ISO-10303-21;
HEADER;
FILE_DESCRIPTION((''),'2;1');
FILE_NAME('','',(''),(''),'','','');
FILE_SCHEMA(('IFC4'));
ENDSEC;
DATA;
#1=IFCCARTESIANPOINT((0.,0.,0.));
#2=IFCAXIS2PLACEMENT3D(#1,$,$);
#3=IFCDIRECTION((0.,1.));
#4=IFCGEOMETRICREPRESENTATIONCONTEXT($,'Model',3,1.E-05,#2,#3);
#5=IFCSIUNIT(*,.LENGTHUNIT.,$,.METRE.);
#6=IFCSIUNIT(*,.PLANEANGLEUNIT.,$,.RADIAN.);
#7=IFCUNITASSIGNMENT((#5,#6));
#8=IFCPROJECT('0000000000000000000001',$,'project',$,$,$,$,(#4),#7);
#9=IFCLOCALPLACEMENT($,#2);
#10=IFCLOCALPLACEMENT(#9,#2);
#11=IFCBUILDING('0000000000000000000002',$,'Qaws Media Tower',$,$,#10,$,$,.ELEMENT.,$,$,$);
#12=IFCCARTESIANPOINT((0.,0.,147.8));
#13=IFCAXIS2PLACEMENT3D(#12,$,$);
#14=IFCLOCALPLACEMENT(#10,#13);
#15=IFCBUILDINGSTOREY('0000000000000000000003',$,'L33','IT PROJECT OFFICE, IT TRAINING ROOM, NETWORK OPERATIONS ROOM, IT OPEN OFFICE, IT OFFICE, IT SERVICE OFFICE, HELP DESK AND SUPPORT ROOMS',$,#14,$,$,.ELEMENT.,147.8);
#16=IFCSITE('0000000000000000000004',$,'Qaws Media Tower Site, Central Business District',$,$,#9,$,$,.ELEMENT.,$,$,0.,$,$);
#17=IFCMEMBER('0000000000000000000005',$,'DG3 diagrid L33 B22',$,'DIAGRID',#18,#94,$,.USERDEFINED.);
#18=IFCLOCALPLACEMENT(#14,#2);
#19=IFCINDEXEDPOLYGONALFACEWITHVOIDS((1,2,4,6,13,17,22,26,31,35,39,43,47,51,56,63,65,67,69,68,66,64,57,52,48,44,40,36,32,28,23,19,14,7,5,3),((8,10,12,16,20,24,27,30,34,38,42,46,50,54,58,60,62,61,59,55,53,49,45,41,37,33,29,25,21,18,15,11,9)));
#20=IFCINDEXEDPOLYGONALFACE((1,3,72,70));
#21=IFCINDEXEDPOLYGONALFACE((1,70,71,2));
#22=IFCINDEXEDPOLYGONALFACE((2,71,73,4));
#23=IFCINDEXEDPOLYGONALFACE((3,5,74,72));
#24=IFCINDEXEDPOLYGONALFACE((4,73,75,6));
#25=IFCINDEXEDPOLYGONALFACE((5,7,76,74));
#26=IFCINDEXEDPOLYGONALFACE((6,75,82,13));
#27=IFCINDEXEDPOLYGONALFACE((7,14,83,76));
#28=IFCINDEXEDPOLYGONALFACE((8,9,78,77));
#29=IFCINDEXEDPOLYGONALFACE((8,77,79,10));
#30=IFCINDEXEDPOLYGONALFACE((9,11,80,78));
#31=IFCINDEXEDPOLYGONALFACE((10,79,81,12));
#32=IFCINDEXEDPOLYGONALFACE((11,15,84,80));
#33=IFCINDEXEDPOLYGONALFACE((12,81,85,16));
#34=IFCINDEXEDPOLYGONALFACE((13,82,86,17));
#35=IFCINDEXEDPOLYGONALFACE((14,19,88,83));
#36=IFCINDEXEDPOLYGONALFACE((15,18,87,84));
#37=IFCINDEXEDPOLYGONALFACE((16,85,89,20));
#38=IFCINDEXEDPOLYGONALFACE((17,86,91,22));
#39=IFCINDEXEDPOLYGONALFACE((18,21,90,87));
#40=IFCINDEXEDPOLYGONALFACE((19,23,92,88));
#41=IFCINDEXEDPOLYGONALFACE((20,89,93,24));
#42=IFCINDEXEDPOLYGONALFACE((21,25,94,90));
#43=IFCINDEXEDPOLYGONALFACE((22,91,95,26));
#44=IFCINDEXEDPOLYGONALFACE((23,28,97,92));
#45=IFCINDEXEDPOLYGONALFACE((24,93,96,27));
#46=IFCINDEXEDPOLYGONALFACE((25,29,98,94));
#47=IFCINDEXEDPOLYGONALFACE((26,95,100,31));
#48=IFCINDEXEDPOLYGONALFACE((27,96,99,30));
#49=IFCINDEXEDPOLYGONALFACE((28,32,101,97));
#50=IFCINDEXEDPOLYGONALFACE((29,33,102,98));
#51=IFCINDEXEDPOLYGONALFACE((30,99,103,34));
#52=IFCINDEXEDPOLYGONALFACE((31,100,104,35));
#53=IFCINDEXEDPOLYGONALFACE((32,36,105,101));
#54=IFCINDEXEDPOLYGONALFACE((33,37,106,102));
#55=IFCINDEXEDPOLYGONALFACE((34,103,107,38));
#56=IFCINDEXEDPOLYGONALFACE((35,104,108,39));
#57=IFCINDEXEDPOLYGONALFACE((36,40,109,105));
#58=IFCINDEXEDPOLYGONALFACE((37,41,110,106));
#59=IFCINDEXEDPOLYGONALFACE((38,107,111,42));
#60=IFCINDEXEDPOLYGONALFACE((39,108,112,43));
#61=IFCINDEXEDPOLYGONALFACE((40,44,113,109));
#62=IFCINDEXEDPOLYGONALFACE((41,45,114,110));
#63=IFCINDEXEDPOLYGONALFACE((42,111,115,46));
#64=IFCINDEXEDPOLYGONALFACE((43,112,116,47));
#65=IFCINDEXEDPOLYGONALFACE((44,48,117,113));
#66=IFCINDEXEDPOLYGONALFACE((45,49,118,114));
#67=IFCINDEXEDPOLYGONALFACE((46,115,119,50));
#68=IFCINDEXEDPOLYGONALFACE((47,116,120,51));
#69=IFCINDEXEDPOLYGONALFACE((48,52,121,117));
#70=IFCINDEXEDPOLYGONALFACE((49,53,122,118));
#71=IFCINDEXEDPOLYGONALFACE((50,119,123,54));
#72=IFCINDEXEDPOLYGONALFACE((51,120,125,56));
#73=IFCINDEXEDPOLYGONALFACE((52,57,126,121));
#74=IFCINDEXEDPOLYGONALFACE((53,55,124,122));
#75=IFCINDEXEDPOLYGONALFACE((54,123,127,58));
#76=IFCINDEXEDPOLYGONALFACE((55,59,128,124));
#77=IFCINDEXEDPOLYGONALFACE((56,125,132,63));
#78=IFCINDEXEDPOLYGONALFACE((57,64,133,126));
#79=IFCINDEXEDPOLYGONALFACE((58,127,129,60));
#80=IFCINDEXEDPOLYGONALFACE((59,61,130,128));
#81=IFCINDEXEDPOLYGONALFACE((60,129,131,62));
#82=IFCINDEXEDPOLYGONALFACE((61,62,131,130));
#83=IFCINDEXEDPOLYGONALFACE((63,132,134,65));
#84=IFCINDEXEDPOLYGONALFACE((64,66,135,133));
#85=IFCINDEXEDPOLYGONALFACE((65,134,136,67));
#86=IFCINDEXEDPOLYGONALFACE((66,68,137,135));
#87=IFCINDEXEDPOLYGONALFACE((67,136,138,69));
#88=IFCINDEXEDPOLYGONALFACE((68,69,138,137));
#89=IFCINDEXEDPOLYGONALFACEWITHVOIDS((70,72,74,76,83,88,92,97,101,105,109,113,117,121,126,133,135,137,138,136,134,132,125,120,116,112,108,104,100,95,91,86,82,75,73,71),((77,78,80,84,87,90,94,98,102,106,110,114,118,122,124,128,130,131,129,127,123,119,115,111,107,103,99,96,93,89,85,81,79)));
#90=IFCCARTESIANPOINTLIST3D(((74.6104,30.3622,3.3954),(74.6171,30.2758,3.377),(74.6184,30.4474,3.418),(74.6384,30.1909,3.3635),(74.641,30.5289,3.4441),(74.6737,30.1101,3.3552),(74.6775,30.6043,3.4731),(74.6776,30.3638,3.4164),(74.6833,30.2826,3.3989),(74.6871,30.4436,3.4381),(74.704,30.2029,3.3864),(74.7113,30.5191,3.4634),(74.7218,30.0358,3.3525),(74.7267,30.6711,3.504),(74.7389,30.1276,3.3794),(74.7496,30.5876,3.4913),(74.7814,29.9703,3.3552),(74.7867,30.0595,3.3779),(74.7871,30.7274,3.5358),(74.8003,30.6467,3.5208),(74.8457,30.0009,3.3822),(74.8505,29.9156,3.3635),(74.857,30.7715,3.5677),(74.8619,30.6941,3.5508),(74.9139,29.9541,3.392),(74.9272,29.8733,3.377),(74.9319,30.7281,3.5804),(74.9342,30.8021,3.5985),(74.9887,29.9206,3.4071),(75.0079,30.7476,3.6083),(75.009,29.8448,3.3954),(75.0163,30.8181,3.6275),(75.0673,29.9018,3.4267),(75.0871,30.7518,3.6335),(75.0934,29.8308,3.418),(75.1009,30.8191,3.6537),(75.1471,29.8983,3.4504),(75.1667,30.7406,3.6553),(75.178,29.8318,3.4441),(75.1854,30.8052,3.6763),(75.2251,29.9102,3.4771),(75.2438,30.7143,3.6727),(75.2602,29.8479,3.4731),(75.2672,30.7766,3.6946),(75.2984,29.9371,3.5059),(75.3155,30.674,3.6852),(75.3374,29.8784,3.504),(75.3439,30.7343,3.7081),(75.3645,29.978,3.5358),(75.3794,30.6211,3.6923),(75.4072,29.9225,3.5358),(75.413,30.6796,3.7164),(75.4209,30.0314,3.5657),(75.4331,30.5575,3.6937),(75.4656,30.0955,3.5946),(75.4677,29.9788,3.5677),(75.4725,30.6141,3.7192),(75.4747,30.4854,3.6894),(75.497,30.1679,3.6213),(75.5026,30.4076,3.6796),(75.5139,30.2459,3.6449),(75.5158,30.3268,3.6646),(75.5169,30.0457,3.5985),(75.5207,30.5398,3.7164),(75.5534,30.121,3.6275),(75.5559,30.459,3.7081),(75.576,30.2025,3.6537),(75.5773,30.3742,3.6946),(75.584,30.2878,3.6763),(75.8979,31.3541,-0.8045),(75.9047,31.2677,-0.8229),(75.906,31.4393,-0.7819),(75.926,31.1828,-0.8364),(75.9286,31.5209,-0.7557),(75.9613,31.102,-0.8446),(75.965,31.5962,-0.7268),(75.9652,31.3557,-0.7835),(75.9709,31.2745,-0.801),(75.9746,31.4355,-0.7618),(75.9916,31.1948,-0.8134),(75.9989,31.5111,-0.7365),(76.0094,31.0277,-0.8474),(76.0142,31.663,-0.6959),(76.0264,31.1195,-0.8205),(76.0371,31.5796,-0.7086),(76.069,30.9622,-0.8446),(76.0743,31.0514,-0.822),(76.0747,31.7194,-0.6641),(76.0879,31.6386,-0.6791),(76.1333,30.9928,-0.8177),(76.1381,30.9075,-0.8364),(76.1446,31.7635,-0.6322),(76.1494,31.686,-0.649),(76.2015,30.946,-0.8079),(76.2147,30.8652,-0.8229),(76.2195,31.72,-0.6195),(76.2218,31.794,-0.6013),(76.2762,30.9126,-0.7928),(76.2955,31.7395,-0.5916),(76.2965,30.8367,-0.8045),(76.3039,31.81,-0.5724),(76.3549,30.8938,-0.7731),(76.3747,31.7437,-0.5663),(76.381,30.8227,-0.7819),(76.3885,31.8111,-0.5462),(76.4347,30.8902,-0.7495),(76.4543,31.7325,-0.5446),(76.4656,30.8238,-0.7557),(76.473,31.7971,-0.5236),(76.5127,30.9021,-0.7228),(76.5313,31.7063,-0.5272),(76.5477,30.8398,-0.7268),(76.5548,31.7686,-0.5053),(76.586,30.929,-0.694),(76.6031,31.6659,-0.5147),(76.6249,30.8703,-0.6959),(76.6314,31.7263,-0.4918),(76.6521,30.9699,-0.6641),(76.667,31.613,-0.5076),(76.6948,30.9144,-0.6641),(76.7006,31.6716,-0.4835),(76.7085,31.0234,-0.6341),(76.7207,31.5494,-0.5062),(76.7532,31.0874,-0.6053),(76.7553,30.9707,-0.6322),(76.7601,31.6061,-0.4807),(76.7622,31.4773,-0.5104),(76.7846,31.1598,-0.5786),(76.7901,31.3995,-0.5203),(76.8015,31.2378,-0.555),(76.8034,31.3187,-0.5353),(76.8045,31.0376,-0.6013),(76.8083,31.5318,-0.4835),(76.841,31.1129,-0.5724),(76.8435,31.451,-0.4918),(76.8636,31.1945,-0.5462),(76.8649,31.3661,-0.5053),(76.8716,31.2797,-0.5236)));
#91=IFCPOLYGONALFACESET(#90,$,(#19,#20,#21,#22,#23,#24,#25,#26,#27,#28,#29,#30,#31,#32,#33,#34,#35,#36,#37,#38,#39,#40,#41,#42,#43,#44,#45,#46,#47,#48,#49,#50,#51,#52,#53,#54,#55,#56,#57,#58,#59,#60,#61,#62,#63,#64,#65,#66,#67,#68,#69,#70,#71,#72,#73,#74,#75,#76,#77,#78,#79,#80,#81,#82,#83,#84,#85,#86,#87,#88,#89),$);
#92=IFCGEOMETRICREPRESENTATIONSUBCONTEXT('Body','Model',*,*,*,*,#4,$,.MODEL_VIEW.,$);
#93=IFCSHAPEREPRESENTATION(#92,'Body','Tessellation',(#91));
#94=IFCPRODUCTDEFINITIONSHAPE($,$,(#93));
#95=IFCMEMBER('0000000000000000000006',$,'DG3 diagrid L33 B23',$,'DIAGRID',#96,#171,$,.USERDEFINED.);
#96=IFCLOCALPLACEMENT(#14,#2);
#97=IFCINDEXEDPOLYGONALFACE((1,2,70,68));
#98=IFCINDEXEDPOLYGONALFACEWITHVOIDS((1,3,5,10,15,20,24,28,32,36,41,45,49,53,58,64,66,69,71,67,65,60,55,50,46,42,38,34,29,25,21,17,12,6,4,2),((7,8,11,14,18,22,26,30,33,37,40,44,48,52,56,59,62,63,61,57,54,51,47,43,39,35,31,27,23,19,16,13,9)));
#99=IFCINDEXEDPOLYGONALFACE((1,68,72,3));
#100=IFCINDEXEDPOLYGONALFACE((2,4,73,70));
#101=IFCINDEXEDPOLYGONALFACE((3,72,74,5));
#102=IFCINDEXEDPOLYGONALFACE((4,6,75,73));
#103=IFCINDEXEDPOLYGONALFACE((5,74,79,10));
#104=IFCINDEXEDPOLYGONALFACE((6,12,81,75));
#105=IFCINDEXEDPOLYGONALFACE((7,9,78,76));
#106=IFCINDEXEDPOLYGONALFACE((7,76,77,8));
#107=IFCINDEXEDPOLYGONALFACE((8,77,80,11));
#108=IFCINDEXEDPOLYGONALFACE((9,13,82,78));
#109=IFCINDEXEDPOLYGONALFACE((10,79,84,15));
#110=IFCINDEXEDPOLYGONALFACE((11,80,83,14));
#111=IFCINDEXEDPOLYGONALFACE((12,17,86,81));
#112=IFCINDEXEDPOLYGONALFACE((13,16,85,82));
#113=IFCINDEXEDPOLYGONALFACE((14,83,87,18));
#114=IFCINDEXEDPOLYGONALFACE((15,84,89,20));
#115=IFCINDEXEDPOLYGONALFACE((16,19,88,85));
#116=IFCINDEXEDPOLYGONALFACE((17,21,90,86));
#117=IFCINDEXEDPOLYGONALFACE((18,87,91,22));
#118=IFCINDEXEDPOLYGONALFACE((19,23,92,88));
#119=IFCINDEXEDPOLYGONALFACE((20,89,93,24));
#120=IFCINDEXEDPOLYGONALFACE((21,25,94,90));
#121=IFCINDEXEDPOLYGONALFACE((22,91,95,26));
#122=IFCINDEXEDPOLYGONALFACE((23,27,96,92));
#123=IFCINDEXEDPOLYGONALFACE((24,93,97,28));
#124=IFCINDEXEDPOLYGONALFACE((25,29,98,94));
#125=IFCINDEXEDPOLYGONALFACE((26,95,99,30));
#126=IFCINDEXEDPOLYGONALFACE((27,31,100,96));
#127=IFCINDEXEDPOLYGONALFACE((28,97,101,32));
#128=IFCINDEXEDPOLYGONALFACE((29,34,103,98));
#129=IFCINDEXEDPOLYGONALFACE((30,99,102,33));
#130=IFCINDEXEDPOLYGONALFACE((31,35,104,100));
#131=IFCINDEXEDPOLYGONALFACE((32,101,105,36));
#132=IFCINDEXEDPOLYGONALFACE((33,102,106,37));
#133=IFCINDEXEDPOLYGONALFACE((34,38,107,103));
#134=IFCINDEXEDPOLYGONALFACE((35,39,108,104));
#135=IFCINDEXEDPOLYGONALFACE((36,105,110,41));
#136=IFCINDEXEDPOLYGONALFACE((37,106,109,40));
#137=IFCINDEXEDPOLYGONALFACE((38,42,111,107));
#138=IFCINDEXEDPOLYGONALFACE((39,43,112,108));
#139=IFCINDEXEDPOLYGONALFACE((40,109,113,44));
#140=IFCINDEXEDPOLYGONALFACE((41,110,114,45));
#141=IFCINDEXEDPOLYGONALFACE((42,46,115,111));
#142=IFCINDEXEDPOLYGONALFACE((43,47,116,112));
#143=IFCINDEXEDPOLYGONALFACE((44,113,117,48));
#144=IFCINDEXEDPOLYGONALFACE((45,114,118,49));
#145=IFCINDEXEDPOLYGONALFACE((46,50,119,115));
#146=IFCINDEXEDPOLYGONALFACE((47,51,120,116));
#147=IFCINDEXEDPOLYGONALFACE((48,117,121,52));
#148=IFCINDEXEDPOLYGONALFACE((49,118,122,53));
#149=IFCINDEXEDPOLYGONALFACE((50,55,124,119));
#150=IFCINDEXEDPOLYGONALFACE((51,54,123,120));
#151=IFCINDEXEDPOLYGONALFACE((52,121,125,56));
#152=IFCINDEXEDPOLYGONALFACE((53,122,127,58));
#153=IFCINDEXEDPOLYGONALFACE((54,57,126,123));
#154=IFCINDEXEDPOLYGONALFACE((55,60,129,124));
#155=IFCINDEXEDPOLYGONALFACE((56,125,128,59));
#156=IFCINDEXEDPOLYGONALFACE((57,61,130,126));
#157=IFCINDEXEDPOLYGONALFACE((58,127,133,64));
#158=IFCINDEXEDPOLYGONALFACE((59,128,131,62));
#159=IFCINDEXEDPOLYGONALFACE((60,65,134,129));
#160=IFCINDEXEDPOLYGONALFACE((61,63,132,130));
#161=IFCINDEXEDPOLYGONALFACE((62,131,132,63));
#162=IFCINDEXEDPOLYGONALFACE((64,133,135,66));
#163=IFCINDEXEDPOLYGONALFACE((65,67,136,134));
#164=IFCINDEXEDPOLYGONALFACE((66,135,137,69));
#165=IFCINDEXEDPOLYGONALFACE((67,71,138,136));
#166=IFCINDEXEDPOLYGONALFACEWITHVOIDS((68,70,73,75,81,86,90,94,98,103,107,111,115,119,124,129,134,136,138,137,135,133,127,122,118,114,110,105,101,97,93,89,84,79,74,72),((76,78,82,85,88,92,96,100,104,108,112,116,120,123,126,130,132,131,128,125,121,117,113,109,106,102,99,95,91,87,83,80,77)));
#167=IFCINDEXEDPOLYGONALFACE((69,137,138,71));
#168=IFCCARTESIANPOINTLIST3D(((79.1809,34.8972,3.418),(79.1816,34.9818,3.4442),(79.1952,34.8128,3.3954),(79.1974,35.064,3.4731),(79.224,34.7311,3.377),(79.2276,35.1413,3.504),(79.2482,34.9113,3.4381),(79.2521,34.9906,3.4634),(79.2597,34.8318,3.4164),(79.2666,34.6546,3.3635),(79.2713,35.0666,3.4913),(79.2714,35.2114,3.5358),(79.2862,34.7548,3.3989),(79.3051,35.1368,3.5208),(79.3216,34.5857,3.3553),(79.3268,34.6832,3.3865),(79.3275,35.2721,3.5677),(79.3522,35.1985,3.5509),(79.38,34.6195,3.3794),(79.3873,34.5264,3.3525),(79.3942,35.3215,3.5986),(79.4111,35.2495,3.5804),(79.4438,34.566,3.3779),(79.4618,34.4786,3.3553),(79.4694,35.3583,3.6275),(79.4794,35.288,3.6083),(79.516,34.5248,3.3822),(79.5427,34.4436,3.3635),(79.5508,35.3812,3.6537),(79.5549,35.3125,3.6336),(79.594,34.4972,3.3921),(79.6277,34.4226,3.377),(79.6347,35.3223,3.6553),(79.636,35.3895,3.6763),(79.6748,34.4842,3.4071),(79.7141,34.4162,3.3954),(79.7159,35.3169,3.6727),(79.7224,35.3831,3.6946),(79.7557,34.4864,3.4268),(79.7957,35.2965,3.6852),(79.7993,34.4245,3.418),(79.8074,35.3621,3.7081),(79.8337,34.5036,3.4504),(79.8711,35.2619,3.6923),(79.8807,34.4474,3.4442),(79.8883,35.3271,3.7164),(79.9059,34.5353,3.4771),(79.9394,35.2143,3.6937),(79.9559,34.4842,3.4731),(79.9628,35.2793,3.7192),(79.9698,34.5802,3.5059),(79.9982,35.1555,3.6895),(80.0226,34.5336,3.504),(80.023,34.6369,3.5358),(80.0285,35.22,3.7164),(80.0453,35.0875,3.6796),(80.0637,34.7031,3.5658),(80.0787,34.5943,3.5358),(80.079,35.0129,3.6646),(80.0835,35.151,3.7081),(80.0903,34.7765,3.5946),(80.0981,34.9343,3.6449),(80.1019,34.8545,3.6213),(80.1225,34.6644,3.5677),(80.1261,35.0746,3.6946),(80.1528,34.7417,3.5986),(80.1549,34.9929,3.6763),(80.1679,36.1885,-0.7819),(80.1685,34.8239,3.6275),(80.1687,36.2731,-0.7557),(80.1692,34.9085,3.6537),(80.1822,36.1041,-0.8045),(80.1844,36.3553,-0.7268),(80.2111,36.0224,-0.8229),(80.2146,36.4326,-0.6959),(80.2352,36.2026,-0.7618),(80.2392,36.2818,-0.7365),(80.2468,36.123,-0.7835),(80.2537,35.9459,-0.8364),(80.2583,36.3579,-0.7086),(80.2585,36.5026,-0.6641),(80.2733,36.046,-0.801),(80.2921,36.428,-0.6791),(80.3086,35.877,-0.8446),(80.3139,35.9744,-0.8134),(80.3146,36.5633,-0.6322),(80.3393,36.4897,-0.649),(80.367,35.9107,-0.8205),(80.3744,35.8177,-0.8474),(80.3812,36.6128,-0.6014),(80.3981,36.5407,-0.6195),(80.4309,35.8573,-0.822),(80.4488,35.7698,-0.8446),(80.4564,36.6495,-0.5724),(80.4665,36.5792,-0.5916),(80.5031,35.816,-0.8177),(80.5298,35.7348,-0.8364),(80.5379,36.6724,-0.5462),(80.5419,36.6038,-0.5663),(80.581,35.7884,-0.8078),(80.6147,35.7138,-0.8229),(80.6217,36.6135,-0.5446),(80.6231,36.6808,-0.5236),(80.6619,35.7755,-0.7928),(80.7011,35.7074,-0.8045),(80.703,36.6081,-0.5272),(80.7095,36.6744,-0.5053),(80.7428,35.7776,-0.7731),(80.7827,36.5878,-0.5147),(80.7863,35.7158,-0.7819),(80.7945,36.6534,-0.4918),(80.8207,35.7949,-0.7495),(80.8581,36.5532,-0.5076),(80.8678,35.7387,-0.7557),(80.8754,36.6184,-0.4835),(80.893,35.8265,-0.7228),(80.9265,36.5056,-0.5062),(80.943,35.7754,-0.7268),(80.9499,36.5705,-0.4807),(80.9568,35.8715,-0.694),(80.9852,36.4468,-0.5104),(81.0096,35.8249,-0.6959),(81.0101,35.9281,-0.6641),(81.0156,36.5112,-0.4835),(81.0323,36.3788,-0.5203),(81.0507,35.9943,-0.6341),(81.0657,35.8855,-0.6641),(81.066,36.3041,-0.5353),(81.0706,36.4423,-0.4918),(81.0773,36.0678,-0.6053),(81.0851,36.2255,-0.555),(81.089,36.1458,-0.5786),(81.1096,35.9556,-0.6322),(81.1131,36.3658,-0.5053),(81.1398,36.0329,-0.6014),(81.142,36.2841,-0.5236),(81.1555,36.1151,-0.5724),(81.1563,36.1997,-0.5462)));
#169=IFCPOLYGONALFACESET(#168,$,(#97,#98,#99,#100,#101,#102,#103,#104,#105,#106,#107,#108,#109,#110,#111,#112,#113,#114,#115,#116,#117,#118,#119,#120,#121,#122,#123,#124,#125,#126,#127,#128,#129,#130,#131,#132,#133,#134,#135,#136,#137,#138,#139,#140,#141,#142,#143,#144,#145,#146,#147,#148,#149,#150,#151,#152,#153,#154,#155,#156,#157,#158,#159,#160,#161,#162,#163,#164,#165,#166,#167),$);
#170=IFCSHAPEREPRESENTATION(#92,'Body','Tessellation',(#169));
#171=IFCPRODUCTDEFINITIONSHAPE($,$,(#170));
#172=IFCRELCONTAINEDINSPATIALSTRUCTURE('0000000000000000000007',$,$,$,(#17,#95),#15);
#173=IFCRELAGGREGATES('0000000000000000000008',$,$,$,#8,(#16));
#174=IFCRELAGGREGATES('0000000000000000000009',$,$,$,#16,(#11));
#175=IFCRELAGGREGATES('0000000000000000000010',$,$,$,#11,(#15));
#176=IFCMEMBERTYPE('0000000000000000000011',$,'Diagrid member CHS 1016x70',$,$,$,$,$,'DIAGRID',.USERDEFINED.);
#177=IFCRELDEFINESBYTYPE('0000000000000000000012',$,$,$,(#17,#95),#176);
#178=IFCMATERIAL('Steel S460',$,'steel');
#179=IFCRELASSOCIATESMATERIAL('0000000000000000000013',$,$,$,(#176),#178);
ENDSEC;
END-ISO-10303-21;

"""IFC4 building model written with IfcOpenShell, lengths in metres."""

from ifc_helpers import new_model, si_unit, direction, frame, origin, origin_2d, place, context, subcontext, project, spatial, hollow_circle, extrude, material, material_profile, profile_set, type_object, element, save


model = new_model("IFC4")

# Units and contexts
model_context = context("Model", 3, precision=1e-05, world=origin(), true_north=direction((0.0, 1.0)))
body_context = subcontext(model_context, "Body", "Model", "MODEL_VIEW")
ifc_project = project(units=[si_unit("LENGTHUNIT", "METRE"), si_unit("PLANEANGLEUNIT", "RADIAN")], contexts=[model_context])

# Site, building, storey
site_placement = place(None, origin())
site = spatial("IfcSite", under=ifc_project, at=site_placement, Name="Qaws Media Tower Site, Central Business District", CompositionType="ELEMENT", RefElevation=0.0)
building_placement = place(site_placement, origin())
building = spatial("IfcBuilding", under=site, at=building_placement, Name="Qaws Media Tower", CompositionType="ELEMENT")
storey_placement = place(building_placement, frame((0.0, 0.0, 147.8)))
storey = spatial("IfcBuildingStorey", under=building, at=storey_placement, Name="L33", Description="IT PROJECT OFFICE, IT TRAINING ROOM, NETWORK OPERATIONS ROOM, IT OPEN OFFICE, IT OFFICE, IT SERVICE OFFICE, HELP DESK AND SUPPORT ROOMS", CompositionType="ELEMENT", Elevation=147.8)

# Members
ifc_material_1 = material(Name="Steel S460", Category="steel")
ifc_material_profile_1 = material_profile(ifc_material_1, hollow_circle(Radius=0.5081, WallThickness=0.0701, at=origin_2d()), Name="CHS 1016x70")
ifc_profile_set_1 = profile_set([ifc_material_profile_1], Name="Steel S460")
member_type_1 = type_object("IfcMemberType", Name="Diagrid member CHS 1016x70", ElementType="DIAGRID", PredefinedType="USERDEFINED", material=ifc_profile_set_1)
for number, where, z_axis, x_axis, name in (
    (1, (76.3848, 31.3169, -0.6641), (-0.285911, -0.220261, 0.932599), (0.610284, -0.792183, 0.0), "DG3 diagrid L33 B22"),
    (2, (80.6621, 36.1941, -0.6641), (-0.219178, -0.286726, 0.932604), (0.794469, -0.607305, 0.0), "DG3 diagrid L33 B23"),
):
    element("IfcMember", number, at=place(storey_placement, frame(where, z_axis=z_axis, x_axis=x_axis)), inside=storey, type_object=member_type_1, Name=name, ObjectType="DIAGRID", PredefinedType="USERDEFINED", context=body_context, shape_type="SweptSolid", body=[
        extrude(hollow_circle(Radius=0.5081, WallThickness=0.0701, at=origin_2d()), origin(), (0.0, 0.0, 1.0), 4.5034),
    ])

save(model, "model.ifc")
